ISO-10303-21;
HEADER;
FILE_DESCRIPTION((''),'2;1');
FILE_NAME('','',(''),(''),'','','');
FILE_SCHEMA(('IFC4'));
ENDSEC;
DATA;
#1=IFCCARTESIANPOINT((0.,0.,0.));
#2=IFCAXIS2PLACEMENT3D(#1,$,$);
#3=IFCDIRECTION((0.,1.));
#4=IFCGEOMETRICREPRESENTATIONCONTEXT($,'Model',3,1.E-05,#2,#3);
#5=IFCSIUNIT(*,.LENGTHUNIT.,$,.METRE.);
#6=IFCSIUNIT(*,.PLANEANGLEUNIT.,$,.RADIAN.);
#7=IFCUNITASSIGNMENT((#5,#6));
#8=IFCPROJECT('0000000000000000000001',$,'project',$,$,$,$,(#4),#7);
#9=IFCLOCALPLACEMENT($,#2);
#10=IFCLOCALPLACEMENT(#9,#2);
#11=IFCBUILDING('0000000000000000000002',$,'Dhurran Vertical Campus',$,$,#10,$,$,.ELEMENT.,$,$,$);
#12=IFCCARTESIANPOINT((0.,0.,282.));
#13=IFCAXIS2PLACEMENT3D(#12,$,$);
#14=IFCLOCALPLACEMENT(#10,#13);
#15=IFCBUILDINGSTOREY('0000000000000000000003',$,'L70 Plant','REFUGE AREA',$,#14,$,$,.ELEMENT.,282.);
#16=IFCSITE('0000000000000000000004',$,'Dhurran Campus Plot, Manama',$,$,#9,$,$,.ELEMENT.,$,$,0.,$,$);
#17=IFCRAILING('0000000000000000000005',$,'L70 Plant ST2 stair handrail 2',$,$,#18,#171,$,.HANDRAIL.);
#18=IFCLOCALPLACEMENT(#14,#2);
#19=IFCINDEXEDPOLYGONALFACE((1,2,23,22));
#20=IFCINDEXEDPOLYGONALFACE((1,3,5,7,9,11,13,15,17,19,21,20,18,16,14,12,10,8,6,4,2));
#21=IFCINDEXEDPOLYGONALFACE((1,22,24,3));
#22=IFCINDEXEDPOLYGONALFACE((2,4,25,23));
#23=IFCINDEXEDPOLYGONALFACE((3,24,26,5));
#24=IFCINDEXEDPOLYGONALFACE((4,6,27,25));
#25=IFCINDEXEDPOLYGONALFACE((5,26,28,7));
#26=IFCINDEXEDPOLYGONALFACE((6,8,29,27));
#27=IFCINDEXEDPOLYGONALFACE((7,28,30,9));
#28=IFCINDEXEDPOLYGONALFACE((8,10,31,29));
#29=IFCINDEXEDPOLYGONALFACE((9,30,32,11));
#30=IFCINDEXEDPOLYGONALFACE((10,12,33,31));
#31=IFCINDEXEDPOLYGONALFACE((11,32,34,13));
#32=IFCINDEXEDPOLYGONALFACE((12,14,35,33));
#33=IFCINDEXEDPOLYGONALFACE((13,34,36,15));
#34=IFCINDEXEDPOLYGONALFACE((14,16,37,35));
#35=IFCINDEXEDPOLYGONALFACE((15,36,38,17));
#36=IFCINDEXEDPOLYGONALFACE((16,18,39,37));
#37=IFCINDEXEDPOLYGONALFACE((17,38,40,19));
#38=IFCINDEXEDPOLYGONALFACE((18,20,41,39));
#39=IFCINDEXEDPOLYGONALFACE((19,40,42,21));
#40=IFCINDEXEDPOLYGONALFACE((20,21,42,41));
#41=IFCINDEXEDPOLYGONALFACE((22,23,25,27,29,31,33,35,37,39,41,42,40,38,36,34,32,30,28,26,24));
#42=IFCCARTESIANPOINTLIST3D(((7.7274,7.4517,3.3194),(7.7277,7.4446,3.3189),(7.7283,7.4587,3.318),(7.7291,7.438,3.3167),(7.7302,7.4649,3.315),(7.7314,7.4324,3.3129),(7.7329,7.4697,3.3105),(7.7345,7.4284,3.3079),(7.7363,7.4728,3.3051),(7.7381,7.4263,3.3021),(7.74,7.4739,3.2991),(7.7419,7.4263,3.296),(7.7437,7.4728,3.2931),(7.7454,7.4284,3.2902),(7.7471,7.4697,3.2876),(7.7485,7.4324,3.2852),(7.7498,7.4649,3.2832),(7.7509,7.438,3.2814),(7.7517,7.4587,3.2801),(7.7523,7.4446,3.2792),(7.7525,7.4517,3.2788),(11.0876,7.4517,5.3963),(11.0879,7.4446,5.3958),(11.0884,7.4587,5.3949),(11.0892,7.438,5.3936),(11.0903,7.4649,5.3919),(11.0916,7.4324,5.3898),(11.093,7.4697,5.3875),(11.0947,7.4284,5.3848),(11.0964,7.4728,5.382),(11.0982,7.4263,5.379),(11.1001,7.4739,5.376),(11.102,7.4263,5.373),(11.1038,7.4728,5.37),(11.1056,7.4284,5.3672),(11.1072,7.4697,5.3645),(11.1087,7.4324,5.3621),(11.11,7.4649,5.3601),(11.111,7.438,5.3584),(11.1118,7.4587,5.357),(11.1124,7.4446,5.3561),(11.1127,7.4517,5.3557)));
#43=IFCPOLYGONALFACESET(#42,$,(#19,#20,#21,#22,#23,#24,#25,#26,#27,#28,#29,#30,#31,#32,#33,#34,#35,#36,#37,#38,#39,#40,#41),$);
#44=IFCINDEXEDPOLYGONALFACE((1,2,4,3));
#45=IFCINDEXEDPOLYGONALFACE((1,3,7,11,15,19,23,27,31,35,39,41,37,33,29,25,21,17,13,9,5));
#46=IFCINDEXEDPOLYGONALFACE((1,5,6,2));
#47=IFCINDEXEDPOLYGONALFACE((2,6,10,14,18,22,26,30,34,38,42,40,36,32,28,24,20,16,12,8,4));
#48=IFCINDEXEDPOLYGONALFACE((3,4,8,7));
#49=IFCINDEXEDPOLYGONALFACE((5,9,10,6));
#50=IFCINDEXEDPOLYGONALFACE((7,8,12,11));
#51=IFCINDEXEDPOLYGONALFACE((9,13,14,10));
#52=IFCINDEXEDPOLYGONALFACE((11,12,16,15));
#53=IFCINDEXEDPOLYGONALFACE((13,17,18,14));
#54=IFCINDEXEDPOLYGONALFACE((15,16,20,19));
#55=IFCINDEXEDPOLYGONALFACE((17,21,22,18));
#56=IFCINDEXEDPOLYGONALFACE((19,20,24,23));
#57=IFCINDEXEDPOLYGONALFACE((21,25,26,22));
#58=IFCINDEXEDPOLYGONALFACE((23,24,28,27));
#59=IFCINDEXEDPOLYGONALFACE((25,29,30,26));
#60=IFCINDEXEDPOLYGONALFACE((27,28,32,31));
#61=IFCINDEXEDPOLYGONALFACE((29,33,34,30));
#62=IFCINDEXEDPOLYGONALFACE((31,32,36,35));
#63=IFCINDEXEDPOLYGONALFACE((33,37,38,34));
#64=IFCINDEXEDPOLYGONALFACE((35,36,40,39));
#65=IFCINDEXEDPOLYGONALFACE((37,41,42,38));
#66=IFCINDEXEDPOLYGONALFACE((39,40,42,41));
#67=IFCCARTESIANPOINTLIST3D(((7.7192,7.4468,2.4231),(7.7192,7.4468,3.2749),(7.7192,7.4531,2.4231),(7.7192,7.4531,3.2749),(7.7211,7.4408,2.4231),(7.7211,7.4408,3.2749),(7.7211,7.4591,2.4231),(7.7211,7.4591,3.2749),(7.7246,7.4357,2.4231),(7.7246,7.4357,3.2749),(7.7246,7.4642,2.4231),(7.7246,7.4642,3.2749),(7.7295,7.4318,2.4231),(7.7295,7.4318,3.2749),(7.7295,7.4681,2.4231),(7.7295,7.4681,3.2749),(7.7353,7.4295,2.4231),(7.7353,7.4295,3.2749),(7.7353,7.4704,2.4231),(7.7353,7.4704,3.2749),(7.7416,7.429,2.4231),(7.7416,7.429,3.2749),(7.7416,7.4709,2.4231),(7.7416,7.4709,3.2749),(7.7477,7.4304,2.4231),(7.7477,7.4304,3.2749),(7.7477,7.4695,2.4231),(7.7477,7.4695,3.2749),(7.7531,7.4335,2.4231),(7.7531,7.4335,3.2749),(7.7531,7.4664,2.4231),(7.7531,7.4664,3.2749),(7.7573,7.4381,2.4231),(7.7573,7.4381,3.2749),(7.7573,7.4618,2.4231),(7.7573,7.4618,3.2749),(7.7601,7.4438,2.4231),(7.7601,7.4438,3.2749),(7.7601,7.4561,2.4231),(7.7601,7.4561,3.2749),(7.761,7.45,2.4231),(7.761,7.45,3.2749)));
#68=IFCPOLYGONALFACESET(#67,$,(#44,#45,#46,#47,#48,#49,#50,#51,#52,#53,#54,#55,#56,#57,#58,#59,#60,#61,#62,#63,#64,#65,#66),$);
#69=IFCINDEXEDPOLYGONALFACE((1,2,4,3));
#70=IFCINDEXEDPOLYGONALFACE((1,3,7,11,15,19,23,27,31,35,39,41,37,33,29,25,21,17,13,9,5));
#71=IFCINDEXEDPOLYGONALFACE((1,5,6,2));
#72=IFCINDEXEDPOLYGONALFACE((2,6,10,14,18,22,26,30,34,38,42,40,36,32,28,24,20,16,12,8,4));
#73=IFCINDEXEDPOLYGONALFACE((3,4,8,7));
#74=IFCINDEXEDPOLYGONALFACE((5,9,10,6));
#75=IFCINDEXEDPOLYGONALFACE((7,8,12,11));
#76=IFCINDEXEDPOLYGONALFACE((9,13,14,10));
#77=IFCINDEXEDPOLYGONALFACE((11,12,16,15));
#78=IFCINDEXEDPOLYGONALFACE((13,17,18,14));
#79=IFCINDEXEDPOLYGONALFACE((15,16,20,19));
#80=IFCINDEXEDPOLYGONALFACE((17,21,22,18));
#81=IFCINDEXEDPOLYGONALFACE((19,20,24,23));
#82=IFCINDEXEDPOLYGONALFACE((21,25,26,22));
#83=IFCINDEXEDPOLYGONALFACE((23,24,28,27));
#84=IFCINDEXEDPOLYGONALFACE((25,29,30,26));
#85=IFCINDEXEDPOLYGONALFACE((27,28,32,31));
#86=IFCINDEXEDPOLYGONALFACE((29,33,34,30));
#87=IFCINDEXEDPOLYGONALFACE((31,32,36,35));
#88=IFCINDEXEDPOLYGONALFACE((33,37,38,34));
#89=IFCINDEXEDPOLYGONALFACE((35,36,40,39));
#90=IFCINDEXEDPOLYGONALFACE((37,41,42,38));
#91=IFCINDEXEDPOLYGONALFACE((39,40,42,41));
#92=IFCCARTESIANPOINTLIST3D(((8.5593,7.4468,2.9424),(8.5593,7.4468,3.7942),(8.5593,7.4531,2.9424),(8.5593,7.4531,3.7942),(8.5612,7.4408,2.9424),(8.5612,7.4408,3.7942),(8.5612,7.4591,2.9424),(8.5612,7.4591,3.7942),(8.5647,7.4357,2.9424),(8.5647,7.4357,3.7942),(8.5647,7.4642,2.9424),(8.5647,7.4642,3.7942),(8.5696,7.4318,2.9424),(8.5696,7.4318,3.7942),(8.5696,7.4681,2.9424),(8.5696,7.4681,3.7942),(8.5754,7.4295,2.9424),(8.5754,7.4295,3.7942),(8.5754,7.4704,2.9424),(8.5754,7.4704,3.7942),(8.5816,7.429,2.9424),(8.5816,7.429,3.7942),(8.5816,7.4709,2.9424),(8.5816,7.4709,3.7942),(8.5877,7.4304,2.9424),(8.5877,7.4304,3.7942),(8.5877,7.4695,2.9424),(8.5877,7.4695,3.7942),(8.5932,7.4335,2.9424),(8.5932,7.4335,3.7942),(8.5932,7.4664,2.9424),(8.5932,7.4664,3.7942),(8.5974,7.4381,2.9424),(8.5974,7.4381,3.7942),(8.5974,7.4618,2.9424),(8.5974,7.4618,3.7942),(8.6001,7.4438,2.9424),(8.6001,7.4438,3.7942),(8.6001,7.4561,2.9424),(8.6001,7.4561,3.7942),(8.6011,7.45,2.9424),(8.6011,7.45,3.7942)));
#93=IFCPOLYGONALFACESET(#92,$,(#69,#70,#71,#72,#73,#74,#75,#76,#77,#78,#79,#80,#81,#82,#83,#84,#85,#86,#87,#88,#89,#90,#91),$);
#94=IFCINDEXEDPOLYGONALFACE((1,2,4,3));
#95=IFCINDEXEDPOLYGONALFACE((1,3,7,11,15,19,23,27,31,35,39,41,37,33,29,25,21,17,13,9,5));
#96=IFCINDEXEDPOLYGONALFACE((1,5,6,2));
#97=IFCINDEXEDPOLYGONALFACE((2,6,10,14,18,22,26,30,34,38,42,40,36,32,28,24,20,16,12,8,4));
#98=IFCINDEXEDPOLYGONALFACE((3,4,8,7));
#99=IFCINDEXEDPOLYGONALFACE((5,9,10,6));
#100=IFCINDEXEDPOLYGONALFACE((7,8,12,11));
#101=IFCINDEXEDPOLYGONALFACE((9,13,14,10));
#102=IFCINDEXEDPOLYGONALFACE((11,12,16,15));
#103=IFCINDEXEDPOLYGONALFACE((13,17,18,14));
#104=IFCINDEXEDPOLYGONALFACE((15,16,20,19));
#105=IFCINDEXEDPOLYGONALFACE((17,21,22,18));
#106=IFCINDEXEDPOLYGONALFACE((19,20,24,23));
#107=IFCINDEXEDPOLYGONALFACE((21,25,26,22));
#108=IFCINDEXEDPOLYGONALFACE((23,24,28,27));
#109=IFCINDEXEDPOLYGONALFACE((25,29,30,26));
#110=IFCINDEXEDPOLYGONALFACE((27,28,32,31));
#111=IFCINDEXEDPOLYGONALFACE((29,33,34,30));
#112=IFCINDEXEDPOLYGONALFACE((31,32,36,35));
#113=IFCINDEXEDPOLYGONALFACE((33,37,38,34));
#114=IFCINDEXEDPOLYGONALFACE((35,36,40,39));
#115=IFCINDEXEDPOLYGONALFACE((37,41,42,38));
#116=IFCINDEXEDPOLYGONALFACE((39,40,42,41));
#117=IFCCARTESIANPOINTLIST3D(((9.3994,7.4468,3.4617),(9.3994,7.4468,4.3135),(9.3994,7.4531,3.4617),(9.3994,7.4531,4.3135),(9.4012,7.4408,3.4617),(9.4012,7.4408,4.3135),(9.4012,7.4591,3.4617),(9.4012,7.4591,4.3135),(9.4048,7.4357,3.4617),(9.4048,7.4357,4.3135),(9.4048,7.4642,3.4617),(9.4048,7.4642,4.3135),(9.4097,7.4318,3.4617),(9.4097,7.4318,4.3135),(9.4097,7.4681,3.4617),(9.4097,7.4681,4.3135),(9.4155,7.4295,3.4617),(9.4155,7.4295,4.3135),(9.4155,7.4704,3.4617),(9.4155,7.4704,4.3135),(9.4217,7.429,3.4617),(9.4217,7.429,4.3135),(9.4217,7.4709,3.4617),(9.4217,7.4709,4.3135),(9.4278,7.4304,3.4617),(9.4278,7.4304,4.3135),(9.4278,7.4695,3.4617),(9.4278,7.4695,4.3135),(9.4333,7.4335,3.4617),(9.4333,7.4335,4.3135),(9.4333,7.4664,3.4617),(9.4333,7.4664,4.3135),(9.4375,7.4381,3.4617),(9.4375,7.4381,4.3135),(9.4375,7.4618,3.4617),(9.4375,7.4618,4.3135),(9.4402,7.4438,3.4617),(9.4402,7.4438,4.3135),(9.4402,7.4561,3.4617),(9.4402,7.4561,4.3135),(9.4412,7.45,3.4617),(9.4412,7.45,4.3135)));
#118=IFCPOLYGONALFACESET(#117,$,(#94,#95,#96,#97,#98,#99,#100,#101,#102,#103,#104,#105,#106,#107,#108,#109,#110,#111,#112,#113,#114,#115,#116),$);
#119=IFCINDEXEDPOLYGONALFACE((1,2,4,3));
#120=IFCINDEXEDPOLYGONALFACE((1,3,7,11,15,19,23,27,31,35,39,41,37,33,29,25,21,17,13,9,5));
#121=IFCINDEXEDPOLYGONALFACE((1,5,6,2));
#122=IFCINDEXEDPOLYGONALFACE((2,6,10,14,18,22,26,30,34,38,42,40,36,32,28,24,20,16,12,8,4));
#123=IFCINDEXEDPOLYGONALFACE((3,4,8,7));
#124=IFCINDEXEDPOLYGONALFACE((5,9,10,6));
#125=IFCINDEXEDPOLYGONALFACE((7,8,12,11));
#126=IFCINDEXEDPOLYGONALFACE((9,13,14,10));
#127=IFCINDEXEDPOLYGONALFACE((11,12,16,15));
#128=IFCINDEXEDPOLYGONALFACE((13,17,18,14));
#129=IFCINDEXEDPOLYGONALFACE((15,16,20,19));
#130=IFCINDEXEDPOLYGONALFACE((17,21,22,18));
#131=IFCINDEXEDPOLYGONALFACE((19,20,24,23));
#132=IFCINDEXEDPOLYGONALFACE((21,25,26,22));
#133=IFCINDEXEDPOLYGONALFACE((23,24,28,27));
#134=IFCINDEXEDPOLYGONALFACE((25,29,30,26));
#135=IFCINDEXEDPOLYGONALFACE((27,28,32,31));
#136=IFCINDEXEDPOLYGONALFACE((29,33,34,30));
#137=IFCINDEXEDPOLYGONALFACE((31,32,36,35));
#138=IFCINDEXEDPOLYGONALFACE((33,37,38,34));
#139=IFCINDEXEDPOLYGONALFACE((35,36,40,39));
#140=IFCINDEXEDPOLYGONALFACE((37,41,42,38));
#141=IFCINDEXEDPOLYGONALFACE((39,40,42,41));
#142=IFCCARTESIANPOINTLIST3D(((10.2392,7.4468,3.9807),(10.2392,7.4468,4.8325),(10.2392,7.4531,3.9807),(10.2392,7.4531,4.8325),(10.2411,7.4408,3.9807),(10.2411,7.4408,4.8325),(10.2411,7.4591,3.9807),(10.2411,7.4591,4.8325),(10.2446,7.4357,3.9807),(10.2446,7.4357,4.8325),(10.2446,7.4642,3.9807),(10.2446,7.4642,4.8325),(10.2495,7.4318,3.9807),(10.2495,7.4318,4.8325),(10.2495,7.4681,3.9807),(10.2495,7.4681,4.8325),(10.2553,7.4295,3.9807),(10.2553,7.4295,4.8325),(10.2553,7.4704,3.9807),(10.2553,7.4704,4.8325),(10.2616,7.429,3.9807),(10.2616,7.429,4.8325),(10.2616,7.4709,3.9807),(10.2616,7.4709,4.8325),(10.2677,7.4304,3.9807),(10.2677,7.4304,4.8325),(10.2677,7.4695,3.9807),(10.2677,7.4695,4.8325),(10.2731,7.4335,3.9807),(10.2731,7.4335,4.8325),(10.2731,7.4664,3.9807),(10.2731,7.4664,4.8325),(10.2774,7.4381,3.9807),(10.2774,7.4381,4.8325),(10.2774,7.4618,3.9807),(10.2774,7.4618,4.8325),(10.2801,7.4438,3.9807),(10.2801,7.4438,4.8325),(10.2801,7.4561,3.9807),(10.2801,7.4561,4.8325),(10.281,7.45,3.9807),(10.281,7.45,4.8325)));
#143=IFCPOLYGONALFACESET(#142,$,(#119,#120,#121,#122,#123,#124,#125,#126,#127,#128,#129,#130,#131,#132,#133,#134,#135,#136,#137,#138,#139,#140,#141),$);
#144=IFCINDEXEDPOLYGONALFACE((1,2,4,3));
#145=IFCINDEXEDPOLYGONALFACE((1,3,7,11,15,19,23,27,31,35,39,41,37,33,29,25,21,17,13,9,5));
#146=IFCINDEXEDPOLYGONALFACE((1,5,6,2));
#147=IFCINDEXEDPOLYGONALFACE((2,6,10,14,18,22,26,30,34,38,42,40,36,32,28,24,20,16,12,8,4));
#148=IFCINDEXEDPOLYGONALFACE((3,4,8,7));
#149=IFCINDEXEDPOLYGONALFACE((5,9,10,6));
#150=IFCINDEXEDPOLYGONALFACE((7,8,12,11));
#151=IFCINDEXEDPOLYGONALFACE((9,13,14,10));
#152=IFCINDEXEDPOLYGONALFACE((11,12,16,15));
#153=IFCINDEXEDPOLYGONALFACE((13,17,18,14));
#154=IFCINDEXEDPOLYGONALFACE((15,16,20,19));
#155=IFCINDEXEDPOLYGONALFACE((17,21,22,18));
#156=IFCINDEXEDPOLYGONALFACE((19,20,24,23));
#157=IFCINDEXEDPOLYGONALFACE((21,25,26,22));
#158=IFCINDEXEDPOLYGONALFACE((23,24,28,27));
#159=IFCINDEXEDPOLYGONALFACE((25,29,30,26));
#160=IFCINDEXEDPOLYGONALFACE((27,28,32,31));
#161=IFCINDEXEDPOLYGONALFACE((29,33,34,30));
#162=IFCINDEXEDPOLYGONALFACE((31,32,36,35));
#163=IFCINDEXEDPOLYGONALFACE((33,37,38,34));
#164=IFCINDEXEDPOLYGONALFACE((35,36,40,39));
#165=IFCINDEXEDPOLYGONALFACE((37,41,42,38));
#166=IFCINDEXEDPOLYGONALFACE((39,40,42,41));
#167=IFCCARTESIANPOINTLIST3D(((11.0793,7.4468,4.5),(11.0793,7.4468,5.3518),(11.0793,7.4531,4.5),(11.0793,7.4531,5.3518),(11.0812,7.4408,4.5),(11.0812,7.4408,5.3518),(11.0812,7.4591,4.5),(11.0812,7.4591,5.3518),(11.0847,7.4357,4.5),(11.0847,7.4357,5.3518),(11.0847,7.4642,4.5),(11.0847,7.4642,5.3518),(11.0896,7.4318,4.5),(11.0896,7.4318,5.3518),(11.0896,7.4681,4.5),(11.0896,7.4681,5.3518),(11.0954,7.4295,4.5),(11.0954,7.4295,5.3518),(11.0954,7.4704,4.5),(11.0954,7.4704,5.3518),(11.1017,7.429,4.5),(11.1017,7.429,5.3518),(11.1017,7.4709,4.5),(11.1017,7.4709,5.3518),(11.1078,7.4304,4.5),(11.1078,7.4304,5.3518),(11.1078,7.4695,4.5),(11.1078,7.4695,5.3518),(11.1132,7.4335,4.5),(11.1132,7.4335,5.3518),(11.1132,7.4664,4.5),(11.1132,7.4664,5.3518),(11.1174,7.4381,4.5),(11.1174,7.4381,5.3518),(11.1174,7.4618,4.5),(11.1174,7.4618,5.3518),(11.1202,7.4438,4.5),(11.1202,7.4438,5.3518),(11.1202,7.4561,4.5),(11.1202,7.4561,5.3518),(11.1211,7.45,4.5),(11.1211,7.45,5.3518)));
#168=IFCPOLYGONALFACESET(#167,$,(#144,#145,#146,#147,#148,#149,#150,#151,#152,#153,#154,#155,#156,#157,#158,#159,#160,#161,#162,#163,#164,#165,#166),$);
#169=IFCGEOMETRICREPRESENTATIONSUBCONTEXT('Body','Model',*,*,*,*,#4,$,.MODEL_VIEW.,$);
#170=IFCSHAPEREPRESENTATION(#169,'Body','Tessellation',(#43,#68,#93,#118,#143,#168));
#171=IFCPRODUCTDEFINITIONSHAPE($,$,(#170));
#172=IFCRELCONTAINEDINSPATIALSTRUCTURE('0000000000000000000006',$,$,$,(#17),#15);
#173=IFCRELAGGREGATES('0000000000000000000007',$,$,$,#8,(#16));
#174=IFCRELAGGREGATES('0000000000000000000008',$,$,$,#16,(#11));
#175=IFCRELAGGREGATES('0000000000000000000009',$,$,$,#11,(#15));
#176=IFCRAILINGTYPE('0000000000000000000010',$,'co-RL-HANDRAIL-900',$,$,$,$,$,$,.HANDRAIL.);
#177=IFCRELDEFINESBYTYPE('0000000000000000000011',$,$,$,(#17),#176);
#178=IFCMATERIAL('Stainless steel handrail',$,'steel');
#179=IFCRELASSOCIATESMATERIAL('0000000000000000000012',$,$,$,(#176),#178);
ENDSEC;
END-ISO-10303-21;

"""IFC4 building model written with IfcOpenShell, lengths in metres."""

from ifc_helpers import new_model, si_unit, direction, frame, origin, origin_2d, place, context, subcontext, project, spatial, circle, extrude, material, type_object, element, save


model = new_model("IFC4")

# Units and contexts
model_context = context("Model", 3, precision=1e-05, world=origin(), true_north=direction((0.0, 1.0)))
body_context = subcontext(model_context, "Body", "Model", "MODEL_VIEW")
ifc_project = project(units=[si_unit("LENGTHUNIT", "METRE"), si_unit("PLANEANGLEUNIT", "RADIAN")], contexts=[model_context])

# Site, building, storey
site_placement = place(None, origin())
site = spatial("IfcSite", under=ifc_project, at=site_placement, Name="Dhurran Campus Plot, Manama", CompositionType="ELEMENT", RefElevation=0.0)
building_placement = place(site_placement, origin())
building = spatial("IfcBuilding", under=site, at=building_placement, Name="Dhurran Vertical Campus", CompositionType="ELEMENT")
storey_placement = place(building_placement, frame((0.0, 0.0, 282.0)))
storey = spatial("IfcBuildingStorey", under=building, at=storey_placement, Name="L70 Plant", Description="REFUGE AREA", CompositionType="ELEMENT", Elevation=282.0)

# Railing
ifc_material_1 = material(Name="Stainless steel handrail", Category="steel")
railing_type_1 = type_object("IfcRailingType", Name="co-RL-HANDRAIL-900", PredefinedType="HANDRAIL", material=ifc_material_1)
railing_1_placement = place(storey_placement, frame((7.74, 7.45, 2.4231)))
element("IfcRailing", 1, at=railing_1_placement, inside=storey, type_object=railing_type_1, Name="L70 Plant ST2 stair handrail 2", PredefinedType="HANDRAIL", context=body_context, shape_type="SweptSolid", body=[
    extrude(circle(Radius=0.0239, at=origin_2d()), frame((0.0, 0.0, 0.876), z_axis=(0.850623, 0.0, 0.525776), x_axis=(0.0, 1.0, 0.0)), (0.0, 0.0, 1.0), 3.9502),
    extrude(circle(Radius=0.021, at=origin_2d()), origin(), (0.0, 0.0, 1.0), 0.8518),
    extrude(circle(Radius=0.021, at=origin_2d()), frame((0.8401, 0.0, 0.5193)), (0.0, 0.0, 1.0), 0.8518),
    extrude(circle(Radius=0.021, at=origin_2d()), frame((1.6802, 0.0, 1.0386)), (0.0, 0.0, 1.0), 0.8518),
    extrude(circle(Radius=0.021, at=origin_2d()), frame((2.52, 0.0, 1.5576)), (0.0, 0.0, 1.0), 0.8518),
    extrude(circle(Radius=0.021, at=origin_2d()), frame((3.3601, 0.0, 2.0769)), (0.0, 0.0, 1.0), 0.8518),
])

save(model, "model.ifc")
